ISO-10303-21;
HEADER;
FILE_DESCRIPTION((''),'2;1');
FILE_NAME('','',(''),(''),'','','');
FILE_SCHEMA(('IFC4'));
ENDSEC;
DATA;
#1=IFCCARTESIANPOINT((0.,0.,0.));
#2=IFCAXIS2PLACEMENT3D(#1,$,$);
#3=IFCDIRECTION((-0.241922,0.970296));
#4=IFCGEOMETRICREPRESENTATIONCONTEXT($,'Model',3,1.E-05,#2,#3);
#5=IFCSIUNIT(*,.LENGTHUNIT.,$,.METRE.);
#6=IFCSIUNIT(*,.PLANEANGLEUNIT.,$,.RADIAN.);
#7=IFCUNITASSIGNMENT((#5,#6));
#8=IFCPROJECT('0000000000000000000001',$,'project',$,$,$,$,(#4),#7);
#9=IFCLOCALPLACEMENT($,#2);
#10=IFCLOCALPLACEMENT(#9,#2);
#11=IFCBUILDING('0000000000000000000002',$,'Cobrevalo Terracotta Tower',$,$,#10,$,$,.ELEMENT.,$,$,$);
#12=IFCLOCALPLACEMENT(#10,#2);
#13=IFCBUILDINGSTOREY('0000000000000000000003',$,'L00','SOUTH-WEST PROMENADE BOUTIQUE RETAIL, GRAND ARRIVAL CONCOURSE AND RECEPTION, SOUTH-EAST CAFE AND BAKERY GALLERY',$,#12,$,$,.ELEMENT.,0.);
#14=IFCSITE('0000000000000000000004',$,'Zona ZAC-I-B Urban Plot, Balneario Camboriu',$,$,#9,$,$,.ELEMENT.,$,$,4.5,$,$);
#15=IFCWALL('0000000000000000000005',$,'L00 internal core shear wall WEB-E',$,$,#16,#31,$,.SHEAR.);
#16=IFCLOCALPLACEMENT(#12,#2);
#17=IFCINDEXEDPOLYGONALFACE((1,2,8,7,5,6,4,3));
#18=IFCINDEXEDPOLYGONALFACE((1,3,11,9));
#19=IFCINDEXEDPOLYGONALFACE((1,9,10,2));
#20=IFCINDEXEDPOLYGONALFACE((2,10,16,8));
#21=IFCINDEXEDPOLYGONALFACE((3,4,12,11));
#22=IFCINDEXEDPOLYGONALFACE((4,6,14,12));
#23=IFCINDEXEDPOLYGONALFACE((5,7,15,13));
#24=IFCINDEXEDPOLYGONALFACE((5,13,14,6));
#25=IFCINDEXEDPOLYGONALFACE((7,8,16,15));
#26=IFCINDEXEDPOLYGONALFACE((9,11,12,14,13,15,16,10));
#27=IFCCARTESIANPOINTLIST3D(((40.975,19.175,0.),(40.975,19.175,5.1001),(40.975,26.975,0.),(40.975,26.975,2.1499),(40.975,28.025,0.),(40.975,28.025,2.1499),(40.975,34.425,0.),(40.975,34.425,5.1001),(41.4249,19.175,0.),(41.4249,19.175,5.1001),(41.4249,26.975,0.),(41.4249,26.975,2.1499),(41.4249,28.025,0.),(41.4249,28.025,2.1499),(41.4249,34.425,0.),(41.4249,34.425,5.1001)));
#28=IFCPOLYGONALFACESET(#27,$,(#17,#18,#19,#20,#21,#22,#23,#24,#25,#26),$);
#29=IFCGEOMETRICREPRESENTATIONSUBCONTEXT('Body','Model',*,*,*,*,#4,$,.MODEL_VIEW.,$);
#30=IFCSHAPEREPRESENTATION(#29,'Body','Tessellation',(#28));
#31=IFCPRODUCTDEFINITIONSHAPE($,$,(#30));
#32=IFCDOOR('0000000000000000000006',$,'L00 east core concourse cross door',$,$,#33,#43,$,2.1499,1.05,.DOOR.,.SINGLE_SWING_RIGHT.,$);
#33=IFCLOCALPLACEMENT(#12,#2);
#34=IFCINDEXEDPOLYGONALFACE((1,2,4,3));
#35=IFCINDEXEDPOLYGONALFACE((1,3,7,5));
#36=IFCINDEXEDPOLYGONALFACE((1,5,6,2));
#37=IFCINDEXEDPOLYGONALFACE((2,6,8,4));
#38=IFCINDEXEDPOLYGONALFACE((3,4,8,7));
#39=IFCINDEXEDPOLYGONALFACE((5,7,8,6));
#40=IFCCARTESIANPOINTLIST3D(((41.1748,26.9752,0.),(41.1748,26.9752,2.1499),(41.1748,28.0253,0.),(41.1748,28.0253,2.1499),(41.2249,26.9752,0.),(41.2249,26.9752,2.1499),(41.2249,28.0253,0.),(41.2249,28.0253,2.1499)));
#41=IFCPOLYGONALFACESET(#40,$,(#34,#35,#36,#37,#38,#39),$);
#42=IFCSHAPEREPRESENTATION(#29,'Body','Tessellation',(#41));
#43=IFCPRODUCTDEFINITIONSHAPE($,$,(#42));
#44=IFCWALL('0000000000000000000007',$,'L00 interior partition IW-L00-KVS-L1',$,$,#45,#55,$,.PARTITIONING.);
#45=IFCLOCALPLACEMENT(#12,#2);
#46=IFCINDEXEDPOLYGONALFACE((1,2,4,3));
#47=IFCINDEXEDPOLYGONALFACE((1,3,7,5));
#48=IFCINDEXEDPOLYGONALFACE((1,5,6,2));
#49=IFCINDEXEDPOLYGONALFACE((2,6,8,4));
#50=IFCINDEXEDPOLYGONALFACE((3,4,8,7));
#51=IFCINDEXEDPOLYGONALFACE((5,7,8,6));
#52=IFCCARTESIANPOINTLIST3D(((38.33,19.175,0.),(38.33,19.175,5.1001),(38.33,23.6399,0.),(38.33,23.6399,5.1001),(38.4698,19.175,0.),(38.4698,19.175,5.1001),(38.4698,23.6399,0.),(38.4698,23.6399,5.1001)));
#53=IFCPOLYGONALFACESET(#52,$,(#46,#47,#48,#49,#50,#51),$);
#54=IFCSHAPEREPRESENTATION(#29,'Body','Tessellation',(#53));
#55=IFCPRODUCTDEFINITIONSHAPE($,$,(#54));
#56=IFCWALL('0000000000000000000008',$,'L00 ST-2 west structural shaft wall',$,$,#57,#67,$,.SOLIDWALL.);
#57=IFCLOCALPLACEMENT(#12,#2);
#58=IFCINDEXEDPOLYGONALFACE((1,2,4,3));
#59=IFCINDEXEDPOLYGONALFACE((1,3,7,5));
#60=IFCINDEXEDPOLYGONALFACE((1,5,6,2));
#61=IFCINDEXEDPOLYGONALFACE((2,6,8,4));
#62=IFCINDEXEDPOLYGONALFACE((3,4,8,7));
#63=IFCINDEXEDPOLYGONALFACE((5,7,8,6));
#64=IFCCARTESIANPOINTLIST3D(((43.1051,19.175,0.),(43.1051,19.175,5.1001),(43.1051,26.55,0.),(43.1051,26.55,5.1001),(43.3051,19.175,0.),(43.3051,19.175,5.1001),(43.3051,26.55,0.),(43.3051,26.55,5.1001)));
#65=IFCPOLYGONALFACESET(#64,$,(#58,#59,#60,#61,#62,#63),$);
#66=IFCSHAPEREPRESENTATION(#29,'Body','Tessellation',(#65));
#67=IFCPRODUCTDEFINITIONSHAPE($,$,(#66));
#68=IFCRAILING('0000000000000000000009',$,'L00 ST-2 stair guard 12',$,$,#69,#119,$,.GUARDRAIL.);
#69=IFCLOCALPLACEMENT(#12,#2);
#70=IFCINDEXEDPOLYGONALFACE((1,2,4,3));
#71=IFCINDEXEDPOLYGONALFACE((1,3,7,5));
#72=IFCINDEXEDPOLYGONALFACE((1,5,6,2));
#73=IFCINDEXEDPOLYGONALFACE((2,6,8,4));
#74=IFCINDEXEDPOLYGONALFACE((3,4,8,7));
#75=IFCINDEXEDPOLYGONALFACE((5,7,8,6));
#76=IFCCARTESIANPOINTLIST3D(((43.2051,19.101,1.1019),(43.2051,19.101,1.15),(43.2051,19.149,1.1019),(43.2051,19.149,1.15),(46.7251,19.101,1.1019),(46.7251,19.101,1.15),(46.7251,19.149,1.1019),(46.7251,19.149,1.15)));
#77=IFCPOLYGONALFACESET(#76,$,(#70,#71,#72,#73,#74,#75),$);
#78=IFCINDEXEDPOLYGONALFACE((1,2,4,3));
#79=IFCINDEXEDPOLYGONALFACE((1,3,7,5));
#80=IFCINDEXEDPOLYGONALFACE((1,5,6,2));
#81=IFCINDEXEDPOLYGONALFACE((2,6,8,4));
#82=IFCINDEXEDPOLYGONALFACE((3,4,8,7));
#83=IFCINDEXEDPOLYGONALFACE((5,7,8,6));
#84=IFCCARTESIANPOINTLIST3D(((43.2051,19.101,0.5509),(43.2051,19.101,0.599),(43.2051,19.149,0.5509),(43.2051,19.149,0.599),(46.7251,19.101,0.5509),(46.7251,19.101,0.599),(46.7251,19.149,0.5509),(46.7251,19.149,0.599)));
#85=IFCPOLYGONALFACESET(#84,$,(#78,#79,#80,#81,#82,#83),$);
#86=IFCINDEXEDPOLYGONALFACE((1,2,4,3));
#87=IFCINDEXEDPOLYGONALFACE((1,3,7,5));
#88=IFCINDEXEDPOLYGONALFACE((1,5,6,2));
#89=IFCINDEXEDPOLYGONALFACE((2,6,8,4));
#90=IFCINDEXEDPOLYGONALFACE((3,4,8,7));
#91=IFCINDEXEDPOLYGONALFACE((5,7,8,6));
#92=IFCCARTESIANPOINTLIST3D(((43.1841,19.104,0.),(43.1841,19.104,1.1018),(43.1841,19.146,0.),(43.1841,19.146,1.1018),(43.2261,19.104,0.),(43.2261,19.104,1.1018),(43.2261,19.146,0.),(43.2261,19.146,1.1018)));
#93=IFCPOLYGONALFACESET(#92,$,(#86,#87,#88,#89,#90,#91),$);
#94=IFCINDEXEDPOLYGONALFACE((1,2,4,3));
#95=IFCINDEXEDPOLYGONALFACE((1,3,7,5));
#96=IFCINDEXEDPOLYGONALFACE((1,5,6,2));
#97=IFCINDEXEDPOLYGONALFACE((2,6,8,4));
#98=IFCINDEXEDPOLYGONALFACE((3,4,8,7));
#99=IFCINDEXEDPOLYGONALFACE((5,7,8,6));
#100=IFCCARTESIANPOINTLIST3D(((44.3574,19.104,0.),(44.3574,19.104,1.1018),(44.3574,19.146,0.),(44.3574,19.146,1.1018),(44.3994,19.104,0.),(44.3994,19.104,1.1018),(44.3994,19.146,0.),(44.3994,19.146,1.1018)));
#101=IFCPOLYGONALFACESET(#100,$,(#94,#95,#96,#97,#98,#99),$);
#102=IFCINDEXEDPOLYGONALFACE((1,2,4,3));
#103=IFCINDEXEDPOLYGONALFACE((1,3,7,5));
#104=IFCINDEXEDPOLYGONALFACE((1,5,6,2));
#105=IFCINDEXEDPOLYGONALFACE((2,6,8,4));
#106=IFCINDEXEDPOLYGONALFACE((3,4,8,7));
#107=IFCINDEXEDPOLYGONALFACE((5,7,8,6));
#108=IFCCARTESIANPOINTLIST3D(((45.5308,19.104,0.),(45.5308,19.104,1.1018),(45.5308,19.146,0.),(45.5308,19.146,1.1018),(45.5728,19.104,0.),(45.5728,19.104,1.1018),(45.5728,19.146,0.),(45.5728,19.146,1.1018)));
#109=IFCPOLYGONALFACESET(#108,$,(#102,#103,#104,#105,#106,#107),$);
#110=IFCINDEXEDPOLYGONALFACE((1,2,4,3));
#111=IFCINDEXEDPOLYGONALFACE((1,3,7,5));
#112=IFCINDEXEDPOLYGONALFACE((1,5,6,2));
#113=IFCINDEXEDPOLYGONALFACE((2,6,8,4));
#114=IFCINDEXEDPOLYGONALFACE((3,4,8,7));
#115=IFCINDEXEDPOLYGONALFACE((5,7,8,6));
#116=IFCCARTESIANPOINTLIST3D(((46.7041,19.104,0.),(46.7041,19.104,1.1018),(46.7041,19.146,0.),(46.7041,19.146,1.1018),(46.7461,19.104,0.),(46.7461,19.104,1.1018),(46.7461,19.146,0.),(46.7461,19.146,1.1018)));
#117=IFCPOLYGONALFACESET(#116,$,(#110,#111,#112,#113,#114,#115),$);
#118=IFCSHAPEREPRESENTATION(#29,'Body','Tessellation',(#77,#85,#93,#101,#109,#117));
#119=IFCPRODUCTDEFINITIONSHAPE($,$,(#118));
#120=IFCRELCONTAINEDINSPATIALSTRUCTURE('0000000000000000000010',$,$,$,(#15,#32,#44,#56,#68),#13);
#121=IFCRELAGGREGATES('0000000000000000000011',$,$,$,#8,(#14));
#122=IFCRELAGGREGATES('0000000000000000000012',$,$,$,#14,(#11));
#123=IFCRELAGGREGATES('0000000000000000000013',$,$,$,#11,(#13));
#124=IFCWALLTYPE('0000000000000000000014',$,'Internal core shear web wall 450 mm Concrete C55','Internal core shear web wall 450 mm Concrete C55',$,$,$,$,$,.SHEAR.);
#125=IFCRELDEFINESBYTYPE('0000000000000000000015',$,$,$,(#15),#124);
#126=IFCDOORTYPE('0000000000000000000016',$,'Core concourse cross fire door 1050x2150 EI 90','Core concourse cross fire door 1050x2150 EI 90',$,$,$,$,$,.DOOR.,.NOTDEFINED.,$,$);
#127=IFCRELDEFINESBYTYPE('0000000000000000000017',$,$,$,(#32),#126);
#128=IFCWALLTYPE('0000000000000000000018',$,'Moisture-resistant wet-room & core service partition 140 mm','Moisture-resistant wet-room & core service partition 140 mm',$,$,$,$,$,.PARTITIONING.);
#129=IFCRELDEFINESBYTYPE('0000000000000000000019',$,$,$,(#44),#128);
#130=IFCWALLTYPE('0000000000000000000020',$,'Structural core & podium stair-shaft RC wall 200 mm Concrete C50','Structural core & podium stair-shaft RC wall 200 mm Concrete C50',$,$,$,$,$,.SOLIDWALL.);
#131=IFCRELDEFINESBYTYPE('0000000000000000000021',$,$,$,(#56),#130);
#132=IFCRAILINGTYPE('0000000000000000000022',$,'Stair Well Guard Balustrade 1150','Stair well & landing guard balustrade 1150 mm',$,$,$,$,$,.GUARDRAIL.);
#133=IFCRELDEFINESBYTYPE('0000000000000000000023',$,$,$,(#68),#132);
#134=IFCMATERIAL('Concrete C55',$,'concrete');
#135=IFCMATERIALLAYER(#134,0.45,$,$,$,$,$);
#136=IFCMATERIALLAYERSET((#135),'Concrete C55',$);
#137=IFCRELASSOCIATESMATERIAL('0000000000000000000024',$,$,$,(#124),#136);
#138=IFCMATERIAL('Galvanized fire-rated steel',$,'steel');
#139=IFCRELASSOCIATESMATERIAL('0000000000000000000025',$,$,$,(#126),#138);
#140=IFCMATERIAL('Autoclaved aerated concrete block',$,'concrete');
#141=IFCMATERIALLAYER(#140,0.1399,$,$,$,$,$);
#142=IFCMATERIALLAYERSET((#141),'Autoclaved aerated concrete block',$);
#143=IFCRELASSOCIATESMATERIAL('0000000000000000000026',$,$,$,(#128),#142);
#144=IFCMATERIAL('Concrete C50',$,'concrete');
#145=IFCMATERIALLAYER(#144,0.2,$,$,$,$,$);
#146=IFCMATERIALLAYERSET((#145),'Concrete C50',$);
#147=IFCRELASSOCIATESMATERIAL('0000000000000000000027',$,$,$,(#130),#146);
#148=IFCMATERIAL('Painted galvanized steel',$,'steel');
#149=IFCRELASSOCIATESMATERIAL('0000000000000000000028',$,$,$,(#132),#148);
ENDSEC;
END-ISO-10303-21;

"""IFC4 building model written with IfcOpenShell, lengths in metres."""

from ifc_helpers import new_model, si_unit, direction, frame, frame_2d, origin, origin_2d, place, context, subcontext, project, spatial, rectangle, extrude, source, transform, mapped, material, layer, layer_set, type_object, element, fill, save


model = new_model("IFC4")

# Units and contexts
model_context = context("Model", 3, precision=1e-05, world=origin(), true_north=direction((-0.241922, 0.970296)))
body_context = subcontext(model_context, "Body", "Model", "MODEL_VIEW")
ifc_project = project(units=[si_unit("LENGTHUNIT", "METRE"), si_unit("PLANEANGLEUNIT", "RADIAN")], contexts=[model_context])

# Site, building, storey
site_placement = place(None, origin())
site = spatial("IfcSite", under=ifc_project, at=site_placement, Name="Zona ZAC-I-B Urban Plot, Balneario Camboriu", CompositionType="ELEMENT", RefElevation=4.5)
building_placement = place(site_placement, origin())
building = spatial("IfcBuilding", under=site, at=building_placement, Name="Cobrevalo Terracotta Tower", CompositionType="ELEMENT")
storey_placement = place(building_placement, origin())
storey = spatial("IfcBuildingStorey", under=building, at=storey_placement, Name="L00", Description="SOUTH-WEST PROMENADE BOUTIQUE RETAIL, GRAND ARRIVAL CONCOURSE AND RECEPTION, SOUTH-EAST CAFE AND BAKERY GALLERY", CompositionType="ELEMENT", Elevation=0.0)

# Shared definitions
ifc_material_1 = material(Name="Concrete C50", Category="concrete")

# Wall, opening, door
ifc_material_2 = material(Name="Concrete C55", Category="concrete")
ifc_layer_1 = layer(ifc_material_2, 0.45)
ifc_layer_set_1 = layer_set([ifc_layer_1], Name="Concrete C55")
wall_type_1 = type_object("IfcWallType", Name="Internal core shear web wall 450 mm Concrete C55", Description="Internal core shear web wall 450 mm Concrete C55", PredefinedType="SHEAR", material=ifc_layer_set_1)
ifc_material_3 = material(Name="Galvanized fire-rated steel", Category="steel")
door_type = type_object("IfcDoorType", Name="Core concourse cross fire door 1050x2150 EI 90", Description="Core concourse cross fire door 1050x2150 EI 90", OperationType="NOTDEFINED", PredefinedType="DOOR", material=ifc_material_3)
shared_shape_1 = source(origin(), body_context, "Body", "SweptSolid", [
    extrude(rectangle(XDim=1.05, YDim=2.1499, at=frame_2d((0.5249, 1.075))), frame((0.0, 0.0249, 0.0), z_axis=(0.0, -1.0, 0.0), x_axis=(1.0, 0.0, 0.0)), (0.0, 0.0, 1.0), 0.05),
])
wall_1_placement = place(storey_placement, frame((41.2, 19.175, 0.0), z_axis=(0.0, 0.0, 1.0), x_axis=(0.0, 1.0, 0.0)))
wall_1 = element("IfcWall", 1, at=wall_1_placement, inside=storey, type_object=wall_type_1, Name="L00 internal core shear wall WEB-E", PredefinedType="SHEAR", context=body_context, shape_type="SweptSolid", body=[
    extrude(rectangle(XDim=15.25, YDim=0.45, at=frame_2d((7.625, 0.0))), origin(), (0.0, 0.0, 1.0), 5.1001),
])
opening_1_placement = place(wall_1_placement, frame((7.8, 0.0, 0.0)))
opening_1 = element("IfcOpeningElement", 2, at=opening_1_placement, cuts=wall_1, PredefinedType="OPENING", context=body_context, shape_type="SweptSolid", body=[
    extrude(rectangle(XDim=1.05, YDim=2.1499, at=frame_2d((0.5249, 1.075))), frame((0.0, 0.2349, 0.0), z_axis=(0.0, -1.0, 0.0), x_axis=(1.0, 0.0, 0.0)), (0.0, 0.0, 1.0), 0.47),
])
door_1_placement = place(opening_1_placement, frame((1.05, 0.0, 0.0), z_axis=(0.0, 0.0, 1.0), x_axis=(-1.0, 0.0, 0.0)))
door_1 = element("IfcDoor", 3, at=door_1_placement, inside=storey, type_object=door_type, Name="L00 east core concourse cross door", OperationType="SINGLE_SWING_RIGHT", OverallHeight=2.1499, OverallWidth=1.05, PredefinedType="DOOR", context=body_context, shape_type="MappedRepresentation", body=[
    mapped(shared_shape_1, transform((0.0, 0.0, 0.0), scale=1.0)),
])
fill(opening_1, door_1)

# Walls
ifc_material_4 = material(Name="Autoclaved aerated concrete block", Category="concrete")
ifc_layer_2 = layer(ifc_material_4, 0.1399)
ifc_layer_set_2 = layer_set([ifc_layer_2], Name="Autoclaved aerated concrete block")
wall_type_2 = type_object("IfcWallType", Name="Moisture-resistant wet-room & core service partition 140 mm", Description="Moisture-resistant wet-room & core service partition 140 mm", PredefinedType="PARTITIONING", material=ifc_layer_set_2)
wall_2_placement = place(storey_placement, frame((38.3999, 19.175, 0.0), z_axis=(0.0, 0.0, 1.0), x_axis=(0.0, 1.0, 0.0)))
element("IfcWall", 4, at=wall_2_placement, inside=storey, type_object=wall_type_2, Name="L00 interior partition IW-L00-KVS-L1", PredefinedType="PARTITIONING", context=body_context, shape_type="SweptSolid", body=[
    extrude(rectangle(XDim=4.4648, YDim=0.1399, at=frame_2d((2.2324, 0.0))), origin(), (0.0, 0.0, 1.0), 5.1001),
])
ifc_layer_3 = layer(ifc_material_1, 0.2)
ifc_layer_set_3 = layer_set([ifc_layer_3], Name="Concrete C50")
wall_type_3 = type_object("IfcWallType", Name="Structural core & podium stair-shaft RC wall 200 mm Concrete C50", Description="Structural core & podium stair-shaft RC wall 200 mm Concrete C50", PredefinedType="SOLIDWALL", material=ifc_layer_set_3)
wall_3_placement = place(storey_placement, frame((43.2051, 19.175, 0.0), z_axis=(0.0, 0.0, 1.0), x_axis=(0.0, 1.0, 0.0)))
element("IfcWall", 5, at=wall_3_placement, inside=storey, type_object=wall_type_3, Name="L00 ST-2 west structural shaft wall", PredefinedType="SOLIDWALL", context=body_context, shape_type="SweptSolid", body=[
    extrude(rectangle(XDim=7.375, YDim=0.2, at=frame_2d((3.6875, 0.0))), origin(), (0.0, 0.0, 1.0), 5.1001),
])

# Railing
ifc_material_5 = material(Name="Painted galvanized steel", Category="steel")
railing_type = type_object("IfcRailingType", Name="Stair Well Guard Balustrade 1150", Description="Stair well & landing guard balustrade 1150 mm", PredefinedType="GUARDRAIL", material=ifc_material_5)
railing_placement = place(storey_placement, frame((43.2051, 19.125, 0.0)))
element("IfcRailing", 6, at=railing_placement, inside=storey, type_object=railing_type, Name="L00 ST-2 stair guard 12", PredefinedType="GUARDRAIL", context=body_context, shape_type="SweptSolid", body=[
    extrude(rectangle(XDim=0.0481, YDim=0.0481, at=origin_2d()), frame((0.0, 0.0, 1.126), z_axis=(1.0, 0.0, 0.0), x_axis=(0.0, 1.0, 0.0)), (0.0, 0.0, 1.0), 3.52),
    extrude(rectangle(XDim=0.0481, YDim=0.0481, at=origin_2d()), frame((0.0, 0.0, 0.575), z_axis=(1.0, 0.0, 0.0), x_axis=(0.0, 1.0, 0.0)), (0.0, 0.0, 1.0), 3.52),
    extrude(rectangle(XDim=0.042, YDim=0.042, at=origin_2d()), origin(), (0.0, 0.0, 1.0), 1.1018),
    extrude(rectangle(XDim=0.042, YDim=0.042, at=origin_2d()), frame((1.1733, 0.0, 0.0)), (0.0, 0.0, 1.0), 1.1018),
    extrude(rectangle(XDim=0.042, YDim=0.042, at=origin_2d()), frame((2.3467, 0.0, 0.0)), (0.0, 0.0, 1.0), 1.1018),
    extrude(rectangle(XDim=0.042, YDim=0.042, at=origin_2d()), frame((3.52, 0.0, 0.0)), (0.0, 0.0, 1.0), 1.1018),
])

save(model, "model.ifc")
